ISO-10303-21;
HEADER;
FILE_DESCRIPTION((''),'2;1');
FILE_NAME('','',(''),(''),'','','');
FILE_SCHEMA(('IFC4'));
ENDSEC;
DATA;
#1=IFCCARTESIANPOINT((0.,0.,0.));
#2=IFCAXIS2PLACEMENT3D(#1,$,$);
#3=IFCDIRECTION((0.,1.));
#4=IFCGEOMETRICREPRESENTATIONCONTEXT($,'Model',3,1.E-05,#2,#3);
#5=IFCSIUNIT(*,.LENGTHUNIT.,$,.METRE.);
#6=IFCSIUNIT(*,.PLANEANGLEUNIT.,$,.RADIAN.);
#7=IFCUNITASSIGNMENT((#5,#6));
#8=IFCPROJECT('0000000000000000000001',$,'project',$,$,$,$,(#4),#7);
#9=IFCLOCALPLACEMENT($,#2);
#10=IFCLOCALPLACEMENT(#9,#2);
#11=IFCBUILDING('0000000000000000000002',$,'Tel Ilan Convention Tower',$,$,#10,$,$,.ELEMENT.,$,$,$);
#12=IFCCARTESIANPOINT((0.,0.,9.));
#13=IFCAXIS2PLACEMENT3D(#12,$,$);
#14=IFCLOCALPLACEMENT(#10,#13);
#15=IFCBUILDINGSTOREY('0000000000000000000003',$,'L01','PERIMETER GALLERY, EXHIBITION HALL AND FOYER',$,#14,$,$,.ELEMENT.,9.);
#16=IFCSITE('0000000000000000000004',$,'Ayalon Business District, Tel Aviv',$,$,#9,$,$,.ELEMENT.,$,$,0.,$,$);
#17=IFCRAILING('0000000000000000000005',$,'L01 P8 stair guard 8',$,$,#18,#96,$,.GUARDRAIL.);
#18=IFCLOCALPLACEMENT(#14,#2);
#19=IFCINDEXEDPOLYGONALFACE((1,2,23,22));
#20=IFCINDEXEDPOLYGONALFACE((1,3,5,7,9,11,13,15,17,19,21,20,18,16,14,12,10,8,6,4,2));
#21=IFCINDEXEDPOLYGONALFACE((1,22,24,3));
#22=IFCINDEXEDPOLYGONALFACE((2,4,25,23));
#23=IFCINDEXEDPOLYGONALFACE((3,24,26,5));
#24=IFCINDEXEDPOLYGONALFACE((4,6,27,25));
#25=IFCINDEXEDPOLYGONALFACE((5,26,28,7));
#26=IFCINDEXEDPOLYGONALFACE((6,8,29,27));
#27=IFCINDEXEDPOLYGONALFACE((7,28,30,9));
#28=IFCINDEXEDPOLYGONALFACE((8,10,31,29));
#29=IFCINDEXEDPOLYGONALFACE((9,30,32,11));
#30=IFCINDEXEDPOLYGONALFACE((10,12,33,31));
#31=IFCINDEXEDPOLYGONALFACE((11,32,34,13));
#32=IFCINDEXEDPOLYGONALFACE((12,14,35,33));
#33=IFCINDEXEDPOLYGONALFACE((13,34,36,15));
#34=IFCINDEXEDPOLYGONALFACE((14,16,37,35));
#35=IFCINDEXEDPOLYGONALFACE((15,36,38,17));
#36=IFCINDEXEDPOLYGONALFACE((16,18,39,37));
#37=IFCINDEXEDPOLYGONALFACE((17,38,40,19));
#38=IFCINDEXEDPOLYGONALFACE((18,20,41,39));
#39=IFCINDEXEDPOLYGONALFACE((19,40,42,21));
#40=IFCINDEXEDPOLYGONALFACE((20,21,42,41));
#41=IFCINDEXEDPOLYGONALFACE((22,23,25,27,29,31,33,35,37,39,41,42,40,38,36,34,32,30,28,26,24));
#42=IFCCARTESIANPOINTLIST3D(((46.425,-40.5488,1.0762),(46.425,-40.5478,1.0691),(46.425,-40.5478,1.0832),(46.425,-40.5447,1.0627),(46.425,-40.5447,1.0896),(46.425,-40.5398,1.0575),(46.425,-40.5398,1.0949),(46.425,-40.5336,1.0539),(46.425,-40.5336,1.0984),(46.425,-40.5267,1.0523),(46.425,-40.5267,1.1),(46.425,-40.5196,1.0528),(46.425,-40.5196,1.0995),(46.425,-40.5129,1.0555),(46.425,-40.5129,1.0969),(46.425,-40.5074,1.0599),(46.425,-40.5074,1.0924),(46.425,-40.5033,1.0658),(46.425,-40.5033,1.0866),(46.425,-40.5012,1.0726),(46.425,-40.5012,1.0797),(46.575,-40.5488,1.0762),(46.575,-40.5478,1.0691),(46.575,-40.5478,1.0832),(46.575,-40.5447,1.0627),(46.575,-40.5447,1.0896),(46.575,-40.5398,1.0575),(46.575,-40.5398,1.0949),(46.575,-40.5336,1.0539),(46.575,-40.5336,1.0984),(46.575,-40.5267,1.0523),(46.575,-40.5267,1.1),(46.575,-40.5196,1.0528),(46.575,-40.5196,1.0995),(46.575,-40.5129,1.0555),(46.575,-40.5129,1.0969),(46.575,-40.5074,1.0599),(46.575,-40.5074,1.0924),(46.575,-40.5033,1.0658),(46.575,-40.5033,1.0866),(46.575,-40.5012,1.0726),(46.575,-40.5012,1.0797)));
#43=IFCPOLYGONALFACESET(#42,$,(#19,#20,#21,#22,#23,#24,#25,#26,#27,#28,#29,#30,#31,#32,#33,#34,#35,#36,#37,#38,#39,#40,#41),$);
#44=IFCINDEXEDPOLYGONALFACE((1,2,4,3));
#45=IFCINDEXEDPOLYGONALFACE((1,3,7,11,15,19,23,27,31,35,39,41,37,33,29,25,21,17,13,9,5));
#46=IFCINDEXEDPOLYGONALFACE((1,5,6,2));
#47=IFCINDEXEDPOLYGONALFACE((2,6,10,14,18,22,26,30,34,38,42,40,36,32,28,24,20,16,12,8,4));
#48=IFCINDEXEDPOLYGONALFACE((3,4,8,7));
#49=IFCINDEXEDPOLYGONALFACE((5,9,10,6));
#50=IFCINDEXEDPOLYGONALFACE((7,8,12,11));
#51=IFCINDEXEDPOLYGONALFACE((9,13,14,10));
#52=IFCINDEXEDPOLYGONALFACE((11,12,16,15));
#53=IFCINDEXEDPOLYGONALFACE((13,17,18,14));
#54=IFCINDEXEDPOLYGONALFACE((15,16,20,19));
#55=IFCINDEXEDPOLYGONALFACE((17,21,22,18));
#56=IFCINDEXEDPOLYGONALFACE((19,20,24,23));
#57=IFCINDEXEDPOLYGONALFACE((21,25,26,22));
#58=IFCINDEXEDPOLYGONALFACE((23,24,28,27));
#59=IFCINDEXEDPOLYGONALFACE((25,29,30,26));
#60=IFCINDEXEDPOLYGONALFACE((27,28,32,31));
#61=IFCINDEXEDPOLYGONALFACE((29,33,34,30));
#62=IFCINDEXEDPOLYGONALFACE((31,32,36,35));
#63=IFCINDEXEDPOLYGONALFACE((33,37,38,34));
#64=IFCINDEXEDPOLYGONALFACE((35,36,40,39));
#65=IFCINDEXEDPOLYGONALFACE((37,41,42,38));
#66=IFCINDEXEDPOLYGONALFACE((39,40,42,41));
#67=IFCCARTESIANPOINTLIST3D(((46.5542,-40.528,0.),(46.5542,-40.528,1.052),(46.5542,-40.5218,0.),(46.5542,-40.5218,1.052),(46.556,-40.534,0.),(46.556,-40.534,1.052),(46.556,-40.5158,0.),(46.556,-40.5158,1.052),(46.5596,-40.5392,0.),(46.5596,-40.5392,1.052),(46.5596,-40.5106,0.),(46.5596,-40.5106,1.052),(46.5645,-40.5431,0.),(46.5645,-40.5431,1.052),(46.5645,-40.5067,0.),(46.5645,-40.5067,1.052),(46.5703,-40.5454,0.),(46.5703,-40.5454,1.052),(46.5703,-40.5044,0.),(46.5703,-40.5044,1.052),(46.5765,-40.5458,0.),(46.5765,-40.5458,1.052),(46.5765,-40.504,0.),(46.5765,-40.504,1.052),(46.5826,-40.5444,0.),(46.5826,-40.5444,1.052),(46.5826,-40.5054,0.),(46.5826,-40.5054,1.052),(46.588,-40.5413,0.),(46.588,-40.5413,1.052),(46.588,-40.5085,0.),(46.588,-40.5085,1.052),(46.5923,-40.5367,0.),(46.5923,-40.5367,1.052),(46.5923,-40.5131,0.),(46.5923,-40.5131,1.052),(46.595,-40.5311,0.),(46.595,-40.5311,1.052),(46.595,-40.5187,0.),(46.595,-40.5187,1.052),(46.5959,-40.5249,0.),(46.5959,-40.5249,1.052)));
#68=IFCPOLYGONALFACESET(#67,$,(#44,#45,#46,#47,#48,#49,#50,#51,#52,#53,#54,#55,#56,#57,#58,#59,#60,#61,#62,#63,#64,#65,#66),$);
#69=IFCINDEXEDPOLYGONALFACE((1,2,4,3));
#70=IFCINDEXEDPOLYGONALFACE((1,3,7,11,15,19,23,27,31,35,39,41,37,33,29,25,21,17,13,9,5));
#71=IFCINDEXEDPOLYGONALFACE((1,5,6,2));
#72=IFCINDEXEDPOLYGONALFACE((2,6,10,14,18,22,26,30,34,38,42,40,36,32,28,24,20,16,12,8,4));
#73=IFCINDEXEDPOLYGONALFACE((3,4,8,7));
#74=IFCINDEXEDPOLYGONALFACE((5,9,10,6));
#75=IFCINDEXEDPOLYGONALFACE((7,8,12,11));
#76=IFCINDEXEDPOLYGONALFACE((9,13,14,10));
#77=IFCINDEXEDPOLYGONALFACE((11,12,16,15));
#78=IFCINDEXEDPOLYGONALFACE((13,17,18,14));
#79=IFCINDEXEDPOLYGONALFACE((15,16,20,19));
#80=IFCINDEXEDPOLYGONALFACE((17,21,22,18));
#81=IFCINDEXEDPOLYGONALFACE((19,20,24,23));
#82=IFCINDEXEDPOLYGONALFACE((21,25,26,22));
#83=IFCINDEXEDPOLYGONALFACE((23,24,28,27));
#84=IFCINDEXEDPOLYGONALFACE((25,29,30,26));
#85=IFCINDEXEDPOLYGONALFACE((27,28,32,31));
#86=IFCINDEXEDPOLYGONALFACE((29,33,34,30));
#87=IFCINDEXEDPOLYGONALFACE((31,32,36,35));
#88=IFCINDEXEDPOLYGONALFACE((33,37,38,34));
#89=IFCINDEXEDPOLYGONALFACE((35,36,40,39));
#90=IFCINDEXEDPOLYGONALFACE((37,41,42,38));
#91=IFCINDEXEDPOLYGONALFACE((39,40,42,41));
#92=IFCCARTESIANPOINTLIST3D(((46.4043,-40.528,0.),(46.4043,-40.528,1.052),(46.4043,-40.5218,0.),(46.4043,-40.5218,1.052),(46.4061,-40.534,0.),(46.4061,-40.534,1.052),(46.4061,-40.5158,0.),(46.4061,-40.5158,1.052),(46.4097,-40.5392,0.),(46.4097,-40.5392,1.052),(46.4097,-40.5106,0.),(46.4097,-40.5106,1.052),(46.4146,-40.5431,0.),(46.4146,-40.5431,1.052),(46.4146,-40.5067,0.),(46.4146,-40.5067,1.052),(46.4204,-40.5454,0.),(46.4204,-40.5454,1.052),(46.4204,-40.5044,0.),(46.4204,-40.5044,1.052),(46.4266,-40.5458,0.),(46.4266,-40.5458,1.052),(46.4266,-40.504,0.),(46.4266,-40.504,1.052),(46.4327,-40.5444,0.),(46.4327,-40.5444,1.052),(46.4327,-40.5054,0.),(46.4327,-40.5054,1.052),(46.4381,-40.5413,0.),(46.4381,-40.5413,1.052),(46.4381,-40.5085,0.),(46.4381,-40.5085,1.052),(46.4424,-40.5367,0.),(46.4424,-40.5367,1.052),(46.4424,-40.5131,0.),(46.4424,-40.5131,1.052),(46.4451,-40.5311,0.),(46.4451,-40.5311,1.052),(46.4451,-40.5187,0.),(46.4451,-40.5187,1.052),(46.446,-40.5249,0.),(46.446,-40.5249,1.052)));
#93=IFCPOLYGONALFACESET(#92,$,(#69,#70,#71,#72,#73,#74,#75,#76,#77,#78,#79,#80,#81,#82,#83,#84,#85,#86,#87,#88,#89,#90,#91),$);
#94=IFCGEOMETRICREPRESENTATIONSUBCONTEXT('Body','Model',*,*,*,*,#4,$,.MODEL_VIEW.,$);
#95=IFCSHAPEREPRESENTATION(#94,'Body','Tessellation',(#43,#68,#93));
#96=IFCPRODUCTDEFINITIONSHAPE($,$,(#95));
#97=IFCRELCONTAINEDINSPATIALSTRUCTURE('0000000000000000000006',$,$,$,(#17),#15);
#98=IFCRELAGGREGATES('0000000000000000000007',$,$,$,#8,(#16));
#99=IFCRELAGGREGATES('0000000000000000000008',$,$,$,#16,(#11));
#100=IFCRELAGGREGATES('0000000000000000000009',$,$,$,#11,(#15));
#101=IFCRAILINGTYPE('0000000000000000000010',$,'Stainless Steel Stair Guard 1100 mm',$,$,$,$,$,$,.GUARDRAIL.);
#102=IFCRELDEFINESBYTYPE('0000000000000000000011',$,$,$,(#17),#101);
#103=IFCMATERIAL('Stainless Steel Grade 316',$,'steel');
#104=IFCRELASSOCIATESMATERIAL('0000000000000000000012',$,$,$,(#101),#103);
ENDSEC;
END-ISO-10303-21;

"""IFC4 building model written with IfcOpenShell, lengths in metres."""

from ifc_helpers import new_model, si_unit, direction, frame, origin, origin_2d, place, context, subcontext, project, spatial, circle, extrude, material, type_object, element, save


model = new_model("IFC4")

# Units and contexts
model_context = context("Model", 3, precision=1e-05, world=origin(), true_north=direction((0.0, 1.0)))
body_context = subcontext(model_context, "Body", "Model", "MODEL_VIEW")
ifc_project = project(units=[si_unit("LENGTHUNIT", "METRE"), si_unit("PLANEANGLEUNIT", "RADIAN")], contexts=[model_context])

# Site, building, storey
site_placement = place(None, origin())
site = spatial("IfcSite", under=ifc_project, at=site_placement, Name="Ayalon Business District, Tel Aviv", CompositionType="ELEMENT", RefElevation=0.0)
building_placement = place(site_placement, origin())
building = spatial("IfcBuilding", under=site, at=building_placement, Name="Tel Ilan Convention Tower", CompositionType="ELEMENT")
storey_placement = place(building_placement, frame((0.0, 0.0, 9.0)))
storey = spatial("IfcBuildingStorey", under=building, at=storey_placement, Name="L01", Description="PERIMETER GALLERY, EXHIBITION HALL AND FOYER", CompositionType="ELEMENT", Elevation=9.0)

# Railing
ifc_material_1 = material(Name="Stainless Steel Grade 316", Category="steel")
railing_type_1 = type_object("IfcRailingType", Name="Stainless Steel Stair Guard 1100 mm", PredefinedType="GUARDRAIL", material=ifc_material_1)
railing_1_placement = place(storey_placement, frame((46.575, -40.5249, 0.0)))
element("IfcRailing", 1, at=railing_1_placement, inside=storey, type_object=railing_type_1, Name="L01 P8 stair guard 8", PredefinedType="GUARDRAIL", context=body_context, shape_type="SweptSolid", body=[
    extrude(circle(Radius=0.0239, at=origin_2d()), frame((0.0, 0.0, 1.0762), z_axis=(-1.0, 0.0, 0.0), x_axis=(0.0, -1.0, 0.0)), (0.0, 0.0, 1.0), 0.1499),
    extrude(circle(Radius=0.021, at=origin_2d()), origin(), (0.0, 0.0, 1.0), 1.052),
    extrude(circle(Radius=0.021, at=origin_2d()), frame((-0.1499, 0.0, 0.0)), (0.0, 0.0, 1.0), 1.052),
])

save(model, "model.ifc")
